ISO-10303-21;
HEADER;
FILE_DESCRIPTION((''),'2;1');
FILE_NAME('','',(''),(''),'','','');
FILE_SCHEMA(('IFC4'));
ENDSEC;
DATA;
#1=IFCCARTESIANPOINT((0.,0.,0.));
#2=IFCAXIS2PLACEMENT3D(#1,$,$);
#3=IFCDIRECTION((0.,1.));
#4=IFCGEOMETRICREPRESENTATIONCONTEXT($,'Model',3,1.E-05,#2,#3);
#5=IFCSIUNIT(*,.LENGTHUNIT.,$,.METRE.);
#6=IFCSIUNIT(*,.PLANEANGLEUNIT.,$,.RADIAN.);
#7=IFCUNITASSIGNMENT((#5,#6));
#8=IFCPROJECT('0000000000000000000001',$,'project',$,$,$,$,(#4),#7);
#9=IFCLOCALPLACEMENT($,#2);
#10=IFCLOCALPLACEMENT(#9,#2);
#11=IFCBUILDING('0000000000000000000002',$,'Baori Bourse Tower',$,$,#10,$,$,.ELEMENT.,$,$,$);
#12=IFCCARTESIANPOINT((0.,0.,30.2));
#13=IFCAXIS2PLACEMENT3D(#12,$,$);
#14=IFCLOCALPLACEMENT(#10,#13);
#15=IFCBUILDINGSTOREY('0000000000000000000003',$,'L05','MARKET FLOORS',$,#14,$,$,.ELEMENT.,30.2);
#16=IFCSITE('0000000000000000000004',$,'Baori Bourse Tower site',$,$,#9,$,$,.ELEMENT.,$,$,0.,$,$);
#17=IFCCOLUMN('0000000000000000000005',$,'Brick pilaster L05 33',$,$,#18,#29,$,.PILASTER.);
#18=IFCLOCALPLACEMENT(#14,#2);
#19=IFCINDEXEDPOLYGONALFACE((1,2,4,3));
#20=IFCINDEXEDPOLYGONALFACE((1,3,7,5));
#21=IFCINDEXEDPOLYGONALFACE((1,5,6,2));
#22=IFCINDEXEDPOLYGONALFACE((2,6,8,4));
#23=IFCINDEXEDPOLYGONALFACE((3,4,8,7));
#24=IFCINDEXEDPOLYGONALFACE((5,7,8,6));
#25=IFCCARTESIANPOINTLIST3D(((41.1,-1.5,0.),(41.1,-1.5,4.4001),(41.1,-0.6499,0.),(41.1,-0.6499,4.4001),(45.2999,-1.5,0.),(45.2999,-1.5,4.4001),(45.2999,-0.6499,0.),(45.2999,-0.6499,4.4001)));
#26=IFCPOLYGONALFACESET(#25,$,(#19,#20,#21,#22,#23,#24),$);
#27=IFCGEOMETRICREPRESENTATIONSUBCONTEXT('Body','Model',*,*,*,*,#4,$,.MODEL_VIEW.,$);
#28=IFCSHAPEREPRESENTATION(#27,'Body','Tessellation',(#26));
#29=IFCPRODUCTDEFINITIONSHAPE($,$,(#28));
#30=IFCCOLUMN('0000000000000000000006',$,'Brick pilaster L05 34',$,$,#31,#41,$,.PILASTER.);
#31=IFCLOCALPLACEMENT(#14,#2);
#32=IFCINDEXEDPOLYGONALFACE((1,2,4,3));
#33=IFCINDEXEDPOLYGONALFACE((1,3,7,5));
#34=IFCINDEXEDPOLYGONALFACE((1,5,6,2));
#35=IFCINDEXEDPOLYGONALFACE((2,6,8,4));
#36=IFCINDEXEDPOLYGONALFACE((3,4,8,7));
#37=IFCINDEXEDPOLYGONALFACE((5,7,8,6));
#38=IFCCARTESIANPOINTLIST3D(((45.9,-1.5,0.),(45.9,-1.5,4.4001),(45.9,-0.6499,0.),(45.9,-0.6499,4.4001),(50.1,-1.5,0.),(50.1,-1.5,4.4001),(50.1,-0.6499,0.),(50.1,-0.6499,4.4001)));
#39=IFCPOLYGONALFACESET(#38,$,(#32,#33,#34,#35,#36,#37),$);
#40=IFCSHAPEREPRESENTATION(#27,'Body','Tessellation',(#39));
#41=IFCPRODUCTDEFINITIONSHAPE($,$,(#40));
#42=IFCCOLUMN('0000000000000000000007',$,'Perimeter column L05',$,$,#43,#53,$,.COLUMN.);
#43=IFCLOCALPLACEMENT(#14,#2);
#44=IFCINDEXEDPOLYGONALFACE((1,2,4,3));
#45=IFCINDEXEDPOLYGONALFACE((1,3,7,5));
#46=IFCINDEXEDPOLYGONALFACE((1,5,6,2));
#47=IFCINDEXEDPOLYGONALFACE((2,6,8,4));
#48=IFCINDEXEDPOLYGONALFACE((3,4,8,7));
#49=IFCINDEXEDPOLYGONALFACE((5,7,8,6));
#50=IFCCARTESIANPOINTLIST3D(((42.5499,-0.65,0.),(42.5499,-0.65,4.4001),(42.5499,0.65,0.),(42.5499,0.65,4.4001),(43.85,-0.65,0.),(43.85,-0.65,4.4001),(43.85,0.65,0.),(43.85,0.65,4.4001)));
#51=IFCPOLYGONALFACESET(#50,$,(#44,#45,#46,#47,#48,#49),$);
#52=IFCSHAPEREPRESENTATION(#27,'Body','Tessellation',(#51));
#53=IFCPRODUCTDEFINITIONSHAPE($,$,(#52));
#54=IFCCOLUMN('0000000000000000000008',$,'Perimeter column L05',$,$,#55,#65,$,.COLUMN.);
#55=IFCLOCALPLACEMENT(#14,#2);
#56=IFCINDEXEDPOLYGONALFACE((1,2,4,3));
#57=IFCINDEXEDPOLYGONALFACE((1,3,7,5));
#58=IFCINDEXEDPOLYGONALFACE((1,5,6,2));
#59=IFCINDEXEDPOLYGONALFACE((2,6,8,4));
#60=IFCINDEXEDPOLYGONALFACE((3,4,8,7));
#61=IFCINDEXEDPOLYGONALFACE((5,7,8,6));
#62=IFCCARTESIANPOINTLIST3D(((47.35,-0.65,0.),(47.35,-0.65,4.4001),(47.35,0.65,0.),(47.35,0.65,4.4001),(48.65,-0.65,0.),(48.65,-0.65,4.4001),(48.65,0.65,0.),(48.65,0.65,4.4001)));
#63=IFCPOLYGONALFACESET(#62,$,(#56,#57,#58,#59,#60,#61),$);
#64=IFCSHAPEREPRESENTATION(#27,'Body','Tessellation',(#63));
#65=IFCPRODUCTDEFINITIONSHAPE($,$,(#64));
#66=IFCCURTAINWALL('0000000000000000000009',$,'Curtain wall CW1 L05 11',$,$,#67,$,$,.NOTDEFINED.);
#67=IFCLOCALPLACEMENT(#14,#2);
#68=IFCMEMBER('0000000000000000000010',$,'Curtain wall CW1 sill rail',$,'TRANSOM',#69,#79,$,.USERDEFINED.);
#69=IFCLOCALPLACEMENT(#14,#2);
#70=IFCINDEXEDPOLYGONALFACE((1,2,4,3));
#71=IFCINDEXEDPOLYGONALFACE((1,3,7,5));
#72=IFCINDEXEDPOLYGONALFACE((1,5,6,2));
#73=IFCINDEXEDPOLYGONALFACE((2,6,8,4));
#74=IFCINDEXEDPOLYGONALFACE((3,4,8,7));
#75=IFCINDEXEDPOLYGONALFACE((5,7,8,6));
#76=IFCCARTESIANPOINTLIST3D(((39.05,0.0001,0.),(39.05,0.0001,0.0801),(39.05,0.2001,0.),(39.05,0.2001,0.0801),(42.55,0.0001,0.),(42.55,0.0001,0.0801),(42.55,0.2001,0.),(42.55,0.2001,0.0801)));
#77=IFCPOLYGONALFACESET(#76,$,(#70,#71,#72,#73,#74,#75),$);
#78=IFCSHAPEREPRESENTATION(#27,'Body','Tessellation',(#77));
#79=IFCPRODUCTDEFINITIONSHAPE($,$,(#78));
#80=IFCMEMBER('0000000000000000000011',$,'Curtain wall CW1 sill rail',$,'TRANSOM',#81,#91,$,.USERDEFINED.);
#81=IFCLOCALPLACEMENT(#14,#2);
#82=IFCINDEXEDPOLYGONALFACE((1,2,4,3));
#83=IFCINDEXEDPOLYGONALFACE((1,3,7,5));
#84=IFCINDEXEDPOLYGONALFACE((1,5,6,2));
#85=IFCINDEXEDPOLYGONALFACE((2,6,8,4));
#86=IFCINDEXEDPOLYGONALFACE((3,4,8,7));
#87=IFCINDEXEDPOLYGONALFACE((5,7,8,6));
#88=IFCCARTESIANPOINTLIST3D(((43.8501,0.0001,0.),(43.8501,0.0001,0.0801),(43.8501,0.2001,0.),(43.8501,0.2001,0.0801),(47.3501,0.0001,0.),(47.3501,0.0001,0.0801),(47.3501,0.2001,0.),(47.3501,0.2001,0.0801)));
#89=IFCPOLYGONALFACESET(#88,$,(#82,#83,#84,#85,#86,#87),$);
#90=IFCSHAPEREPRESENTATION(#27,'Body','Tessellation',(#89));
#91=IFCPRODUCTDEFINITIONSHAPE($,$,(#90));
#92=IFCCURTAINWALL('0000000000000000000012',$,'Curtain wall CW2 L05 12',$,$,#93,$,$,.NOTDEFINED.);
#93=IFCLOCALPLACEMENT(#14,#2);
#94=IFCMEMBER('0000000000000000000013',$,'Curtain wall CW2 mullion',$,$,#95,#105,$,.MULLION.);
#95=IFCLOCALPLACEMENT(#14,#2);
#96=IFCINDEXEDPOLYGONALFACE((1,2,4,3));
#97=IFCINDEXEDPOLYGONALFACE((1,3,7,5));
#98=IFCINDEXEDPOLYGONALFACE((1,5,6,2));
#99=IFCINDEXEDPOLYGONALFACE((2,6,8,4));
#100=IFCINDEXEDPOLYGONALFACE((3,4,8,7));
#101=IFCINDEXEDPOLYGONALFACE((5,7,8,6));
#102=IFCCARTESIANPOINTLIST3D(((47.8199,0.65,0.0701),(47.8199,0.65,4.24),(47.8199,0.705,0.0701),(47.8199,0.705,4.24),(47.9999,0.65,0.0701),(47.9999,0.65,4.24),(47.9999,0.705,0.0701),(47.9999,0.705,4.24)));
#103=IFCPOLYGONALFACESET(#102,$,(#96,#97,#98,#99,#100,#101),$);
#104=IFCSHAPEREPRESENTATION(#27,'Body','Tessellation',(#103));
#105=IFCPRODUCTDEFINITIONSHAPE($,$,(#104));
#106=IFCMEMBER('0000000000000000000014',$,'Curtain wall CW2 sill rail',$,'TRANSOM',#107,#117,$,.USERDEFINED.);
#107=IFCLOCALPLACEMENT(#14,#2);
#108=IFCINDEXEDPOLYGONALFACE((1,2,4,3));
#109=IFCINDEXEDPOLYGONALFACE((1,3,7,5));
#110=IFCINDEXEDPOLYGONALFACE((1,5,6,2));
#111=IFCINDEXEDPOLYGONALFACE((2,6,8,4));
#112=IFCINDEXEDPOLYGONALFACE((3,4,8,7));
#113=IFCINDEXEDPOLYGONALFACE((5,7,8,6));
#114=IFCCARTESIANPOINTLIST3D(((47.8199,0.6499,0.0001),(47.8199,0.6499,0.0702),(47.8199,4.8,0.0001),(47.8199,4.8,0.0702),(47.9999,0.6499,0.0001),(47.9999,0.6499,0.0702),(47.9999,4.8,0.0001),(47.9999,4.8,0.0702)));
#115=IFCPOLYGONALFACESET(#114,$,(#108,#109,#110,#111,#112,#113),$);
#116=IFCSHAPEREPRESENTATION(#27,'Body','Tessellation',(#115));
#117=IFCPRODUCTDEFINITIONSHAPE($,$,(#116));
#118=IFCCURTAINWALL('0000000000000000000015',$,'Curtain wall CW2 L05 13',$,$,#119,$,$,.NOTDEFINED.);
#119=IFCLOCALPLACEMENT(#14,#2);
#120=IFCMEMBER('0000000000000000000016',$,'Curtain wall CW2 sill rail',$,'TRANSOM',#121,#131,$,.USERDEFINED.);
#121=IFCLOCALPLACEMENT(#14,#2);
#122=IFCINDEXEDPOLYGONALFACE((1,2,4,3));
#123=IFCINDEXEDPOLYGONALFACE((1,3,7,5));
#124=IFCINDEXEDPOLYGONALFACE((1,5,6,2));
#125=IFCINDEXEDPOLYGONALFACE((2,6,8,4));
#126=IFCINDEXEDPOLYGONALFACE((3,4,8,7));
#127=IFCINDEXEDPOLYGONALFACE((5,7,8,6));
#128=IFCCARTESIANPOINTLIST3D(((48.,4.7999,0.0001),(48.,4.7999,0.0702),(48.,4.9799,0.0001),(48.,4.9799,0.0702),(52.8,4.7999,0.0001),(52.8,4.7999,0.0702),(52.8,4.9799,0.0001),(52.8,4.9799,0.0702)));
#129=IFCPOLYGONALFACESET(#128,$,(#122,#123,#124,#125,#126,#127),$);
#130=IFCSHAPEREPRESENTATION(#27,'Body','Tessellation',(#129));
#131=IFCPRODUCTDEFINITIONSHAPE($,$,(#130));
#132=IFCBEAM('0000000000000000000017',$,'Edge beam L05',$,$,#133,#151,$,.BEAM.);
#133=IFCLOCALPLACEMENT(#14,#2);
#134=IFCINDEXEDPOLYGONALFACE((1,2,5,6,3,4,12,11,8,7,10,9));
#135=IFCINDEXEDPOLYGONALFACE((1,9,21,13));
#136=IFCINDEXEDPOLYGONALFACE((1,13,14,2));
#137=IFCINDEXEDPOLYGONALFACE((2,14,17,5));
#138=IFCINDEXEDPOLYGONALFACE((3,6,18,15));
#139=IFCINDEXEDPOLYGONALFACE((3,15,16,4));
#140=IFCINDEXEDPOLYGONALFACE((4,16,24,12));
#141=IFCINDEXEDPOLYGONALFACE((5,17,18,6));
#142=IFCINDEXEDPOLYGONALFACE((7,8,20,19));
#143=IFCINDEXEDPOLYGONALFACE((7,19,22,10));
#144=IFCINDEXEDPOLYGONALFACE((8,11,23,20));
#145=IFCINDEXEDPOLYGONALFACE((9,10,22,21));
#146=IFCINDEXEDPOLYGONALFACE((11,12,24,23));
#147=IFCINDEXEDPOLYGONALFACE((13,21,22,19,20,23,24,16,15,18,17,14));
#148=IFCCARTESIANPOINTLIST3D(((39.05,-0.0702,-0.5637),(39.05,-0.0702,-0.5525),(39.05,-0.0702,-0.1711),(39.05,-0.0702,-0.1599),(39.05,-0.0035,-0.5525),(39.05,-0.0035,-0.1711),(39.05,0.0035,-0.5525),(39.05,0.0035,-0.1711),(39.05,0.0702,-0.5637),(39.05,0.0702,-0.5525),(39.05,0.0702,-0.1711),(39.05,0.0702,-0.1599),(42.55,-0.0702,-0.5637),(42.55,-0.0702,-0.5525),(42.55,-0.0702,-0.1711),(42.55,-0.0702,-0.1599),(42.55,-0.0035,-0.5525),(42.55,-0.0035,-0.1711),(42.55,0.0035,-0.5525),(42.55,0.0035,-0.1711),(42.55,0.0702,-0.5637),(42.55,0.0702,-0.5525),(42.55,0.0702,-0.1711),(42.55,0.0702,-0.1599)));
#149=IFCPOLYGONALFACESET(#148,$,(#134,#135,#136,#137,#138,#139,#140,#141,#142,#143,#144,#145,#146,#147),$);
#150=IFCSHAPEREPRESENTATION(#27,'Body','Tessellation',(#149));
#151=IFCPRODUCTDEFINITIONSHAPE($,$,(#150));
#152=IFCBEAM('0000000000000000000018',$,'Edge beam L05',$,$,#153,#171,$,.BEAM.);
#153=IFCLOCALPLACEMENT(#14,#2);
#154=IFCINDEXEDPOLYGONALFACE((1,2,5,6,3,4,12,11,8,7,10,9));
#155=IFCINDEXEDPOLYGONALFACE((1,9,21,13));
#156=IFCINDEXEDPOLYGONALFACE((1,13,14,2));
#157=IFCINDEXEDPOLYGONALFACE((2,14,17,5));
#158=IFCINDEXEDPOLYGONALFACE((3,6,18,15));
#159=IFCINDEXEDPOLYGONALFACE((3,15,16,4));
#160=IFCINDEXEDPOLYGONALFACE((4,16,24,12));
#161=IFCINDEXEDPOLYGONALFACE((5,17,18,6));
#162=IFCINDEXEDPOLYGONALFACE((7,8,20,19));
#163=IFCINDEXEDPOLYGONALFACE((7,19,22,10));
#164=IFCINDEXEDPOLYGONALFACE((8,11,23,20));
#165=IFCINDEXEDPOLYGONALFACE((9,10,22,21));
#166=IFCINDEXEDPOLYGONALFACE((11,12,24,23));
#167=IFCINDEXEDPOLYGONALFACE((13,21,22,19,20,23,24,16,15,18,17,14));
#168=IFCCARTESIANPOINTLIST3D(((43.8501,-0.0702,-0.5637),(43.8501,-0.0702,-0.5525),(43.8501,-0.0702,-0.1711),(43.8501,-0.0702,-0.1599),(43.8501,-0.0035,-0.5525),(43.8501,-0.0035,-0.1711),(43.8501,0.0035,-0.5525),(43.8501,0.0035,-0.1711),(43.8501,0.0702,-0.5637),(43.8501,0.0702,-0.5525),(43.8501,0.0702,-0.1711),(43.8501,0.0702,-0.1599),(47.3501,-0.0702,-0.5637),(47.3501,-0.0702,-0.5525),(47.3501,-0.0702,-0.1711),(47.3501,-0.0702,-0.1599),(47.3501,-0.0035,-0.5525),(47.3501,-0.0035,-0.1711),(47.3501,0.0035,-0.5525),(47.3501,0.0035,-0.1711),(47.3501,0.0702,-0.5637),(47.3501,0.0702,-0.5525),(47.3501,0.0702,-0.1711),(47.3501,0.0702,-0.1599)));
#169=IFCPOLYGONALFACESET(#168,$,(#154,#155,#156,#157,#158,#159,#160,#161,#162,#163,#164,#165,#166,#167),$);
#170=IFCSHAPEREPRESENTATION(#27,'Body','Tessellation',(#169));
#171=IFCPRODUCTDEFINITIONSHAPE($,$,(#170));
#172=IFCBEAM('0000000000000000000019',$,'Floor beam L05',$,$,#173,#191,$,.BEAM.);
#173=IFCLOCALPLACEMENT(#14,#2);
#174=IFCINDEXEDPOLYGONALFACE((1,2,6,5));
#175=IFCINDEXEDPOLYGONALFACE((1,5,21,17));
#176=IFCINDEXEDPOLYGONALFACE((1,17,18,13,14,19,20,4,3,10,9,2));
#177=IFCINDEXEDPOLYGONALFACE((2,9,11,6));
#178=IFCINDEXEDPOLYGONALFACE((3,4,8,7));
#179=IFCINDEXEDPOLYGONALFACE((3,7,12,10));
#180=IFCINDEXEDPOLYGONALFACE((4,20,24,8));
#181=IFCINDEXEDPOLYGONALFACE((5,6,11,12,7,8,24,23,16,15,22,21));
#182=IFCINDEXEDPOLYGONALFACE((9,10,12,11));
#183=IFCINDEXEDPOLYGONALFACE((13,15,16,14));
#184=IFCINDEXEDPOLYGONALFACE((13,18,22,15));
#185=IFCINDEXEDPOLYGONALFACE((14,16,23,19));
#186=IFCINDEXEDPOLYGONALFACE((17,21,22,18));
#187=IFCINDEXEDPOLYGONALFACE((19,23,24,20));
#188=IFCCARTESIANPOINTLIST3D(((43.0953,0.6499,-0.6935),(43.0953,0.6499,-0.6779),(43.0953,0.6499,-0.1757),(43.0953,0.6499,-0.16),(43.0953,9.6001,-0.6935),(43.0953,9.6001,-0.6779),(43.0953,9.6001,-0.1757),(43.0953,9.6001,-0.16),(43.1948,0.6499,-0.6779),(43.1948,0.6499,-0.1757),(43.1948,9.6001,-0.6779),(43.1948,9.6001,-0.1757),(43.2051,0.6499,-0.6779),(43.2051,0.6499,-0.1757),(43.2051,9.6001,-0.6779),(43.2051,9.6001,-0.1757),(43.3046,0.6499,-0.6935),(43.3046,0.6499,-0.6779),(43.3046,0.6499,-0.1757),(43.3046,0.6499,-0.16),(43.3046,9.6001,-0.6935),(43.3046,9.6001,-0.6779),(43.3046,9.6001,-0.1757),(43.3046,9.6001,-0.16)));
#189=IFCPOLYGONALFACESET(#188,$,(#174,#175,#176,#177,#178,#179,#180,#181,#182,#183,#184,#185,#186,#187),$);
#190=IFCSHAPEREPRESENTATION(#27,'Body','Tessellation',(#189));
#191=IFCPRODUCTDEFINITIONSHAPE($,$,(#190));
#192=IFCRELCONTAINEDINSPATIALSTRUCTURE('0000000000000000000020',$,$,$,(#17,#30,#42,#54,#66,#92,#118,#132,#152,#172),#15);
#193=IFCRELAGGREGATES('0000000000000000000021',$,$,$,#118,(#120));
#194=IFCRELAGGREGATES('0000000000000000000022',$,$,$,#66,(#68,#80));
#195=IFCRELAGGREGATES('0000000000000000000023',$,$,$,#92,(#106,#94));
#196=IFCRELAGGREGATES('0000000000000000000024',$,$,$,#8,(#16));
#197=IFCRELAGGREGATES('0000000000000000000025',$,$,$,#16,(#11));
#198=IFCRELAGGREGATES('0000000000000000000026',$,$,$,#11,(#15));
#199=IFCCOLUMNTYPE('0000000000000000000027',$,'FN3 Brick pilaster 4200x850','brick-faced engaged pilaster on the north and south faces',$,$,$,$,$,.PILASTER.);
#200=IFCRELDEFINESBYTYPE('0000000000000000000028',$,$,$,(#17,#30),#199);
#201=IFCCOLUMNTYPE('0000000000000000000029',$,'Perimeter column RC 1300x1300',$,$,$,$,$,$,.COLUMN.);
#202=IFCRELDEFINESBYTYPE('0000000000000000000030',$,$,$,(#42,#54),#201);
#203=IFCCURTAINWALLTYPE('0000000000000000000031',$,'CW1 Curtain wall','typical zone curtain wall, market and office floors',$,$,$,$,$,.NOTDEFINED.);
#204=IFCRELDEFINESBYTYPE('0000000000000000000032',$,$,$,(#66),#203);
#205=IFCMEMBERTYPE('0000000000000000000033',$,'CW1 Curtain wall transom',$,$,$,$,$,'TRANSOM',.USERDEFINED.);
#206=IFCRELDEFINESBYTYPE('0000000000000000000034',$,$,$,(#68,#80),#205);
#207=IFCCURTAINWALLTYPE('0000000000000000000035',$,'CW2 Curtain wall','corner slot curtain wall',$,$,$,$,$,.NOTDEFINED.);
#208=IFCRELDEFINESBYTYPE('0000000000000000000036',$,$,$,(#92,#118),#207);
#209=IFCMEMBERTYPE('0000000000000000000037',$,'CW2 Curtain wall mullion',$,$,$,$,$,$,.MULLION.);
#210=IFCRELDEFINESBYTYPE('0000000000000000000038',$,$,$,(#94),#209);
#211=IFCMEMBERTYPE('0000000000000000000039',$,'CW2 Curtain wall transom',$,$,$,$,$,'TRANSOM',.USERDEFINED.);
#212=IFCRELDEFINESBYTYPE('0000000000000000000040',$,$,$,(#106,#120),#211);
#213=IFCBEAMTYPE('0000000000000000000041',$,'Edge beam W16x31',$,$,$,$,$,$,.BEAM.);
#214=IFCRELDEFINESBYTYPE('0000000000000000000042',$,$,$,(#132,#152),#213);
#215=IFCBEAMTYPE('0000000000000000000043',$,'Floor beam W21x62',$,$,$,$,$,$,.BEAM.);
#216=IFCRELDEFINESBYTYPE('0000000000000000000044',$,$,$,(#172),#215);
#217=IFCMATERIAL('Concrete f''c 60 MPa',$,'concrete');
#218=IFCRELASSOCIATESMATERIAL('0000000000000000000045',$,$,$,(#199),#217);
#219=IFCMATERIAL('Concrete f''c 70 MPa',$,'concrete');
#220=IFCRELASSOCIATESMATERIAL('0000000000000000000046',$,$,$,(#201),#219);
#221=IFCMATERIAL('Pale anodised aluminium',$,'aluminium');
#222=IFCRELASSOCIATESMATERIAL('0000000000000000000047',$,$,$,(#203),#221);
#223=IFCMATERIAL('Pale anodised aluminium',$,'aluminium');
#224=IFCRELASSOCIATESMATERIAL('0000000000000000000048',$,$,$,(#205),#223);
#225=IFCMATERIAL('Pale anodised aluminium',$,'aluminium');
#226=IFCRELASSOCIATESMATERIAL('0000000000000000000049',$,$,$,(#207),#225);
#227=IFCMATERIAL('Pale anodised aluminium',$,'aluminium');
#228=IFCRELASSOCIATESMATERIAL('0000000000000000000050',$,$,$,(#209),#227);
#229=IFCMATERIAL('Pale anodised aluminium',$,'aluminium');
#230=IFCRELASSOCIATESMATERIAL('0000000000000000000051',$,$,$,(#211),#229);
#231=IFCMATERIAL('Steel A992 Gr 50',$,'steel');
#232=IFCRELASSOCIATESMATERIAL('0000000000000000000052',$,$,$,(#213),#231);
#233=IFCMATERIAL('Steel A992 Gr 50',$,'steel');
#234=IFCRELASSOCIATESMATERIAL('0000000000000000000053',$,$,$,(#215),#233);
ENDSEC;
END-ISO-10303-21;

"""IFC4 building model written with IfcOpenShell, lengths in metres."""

from ifc_helpers import new_model, si_unit, direction, frame, origin, origin_2d, place, context, subcontext, project, spatial, rectangle, i_section, extrude, material, material_profile, profile_set, type_object, element, aggregate, save


model = new_model("IFC4")

# Units and contexts
model_context = context("Model", 3, precision=1e-05, world=origin(), true_north=direction((0.0, 1.0)))
body_context = subcontext(model_context, "Body", "Model", "MODEL_VIEW")
ifc_project = project(units=[si_unit("LENGTHUNIT", "METRE"), si_unit("PLANEANGLEUNIT", "RADIAN")], contexts=[model_context])

# Site, building, storey
site_placement = place(None, origin())
site = spatial("IfcSite", under=ifc_project, at=site_placement, Name="Baori Bourse Tower site", CompositionType="ELEMENT", RefElevation=0.0)
building_placement = place(site_placement, origin())
building = spatial("IfcBuilding", under=site, at=building_placement, Name="Baori Bourse Tower", CompositionType="ELEMENT")
storey_placement = place(building_placement, frame((0.0, 0.0, 30.2)))
storey = spatial("IfcBuildingStorey", under=building, at=storey_placement, Name="L05", Description="MARKET FLOORS", CompositionType="ELEMENT", Elevation=30.2)

# Columns
ifc_material_1 = material(Name="Concrete f'c 60 MPa", Category="concrete")
ifc_material_profile_1 = material_profile(ifc_material_1, rectangle(XDim=4.2, YDim=0.8501, at=origin_2d()), Name="RC 4200x850")
ifc_profile_set_1 = profile_set([ifc_material_profile_1], Name="Concrete f'c 60 MPa")
column_type_1 = type_object("IfcColumnType", Name="FN3 Brick pilaster 4200x850", Description="brick-faced engaged pilaster on the north and south faces", PredefinedType="PILASTER", material=ifc_profile_set_1)
for number, where, z_axis, x_axis, name in (
    (1, (43.2, -1.075, 0.0), (0.0, 0.0, 1.0), (1.0, 0.0, 0.0), "Brick pilaster L05 33"),
    (2, (48.0, -1.075, 0.0), (0.0, 0.0, 1.0), (1.0, 0.0, 0.0), "Brick pilaster L05 34"),
):
    element("IfcColumn", number, at=place(storey_placement, frame(where, z_axis=z_axis, x_axis=x_axis)), inside=storey, type_object=column_type_1, Name=name, PredefinedType="PILASTER", context=body_context, shape_type="SweptSolid", body=[
        extrude(rectangle(XDim=4.2, YDim=0.8501, at=origin_2d()), origin(), (0.0, 0.0, 1.0), 4.4001),
    ])
ifc_material_2 = material(Name="Concrete f'c 70 MPa", Category="concrete")
ifc_material_profile_2 = material_profile(ifc_material_2, rectangle(XDim=1.3, YDim=1.3, at=origin_2d()), Name="RC 1300x1300")
ifc_profile_set_2 = profile_set([ifc_material_profile_2], Name="Concrete f'c 70 MPa")
column_type_2 = type_object("IfcColumnType", Name="Perimeter column RC 1300x1300", PredefinedType="COLUMN", material=ifc_profile_set_2)
for number, where, z_axis, x_axis, name in (
    (3, (43.2, 0.0, 0.0), (0.0, 0.0, 1.0), (1.0, 0.0, 0.0), "Perimeter column L05"),
    (4, (48.0, 0.0, 0.0), (0.0, 0.0, 1.0), (1.0, 0.0, 0.0), "Perimeter column L05"),
):
    element("IfcColumn", number, at=place(storey_placement, frame(where, z_axis=z_axis, x_axis=x_axis)), inside=storey, type_object=column_type_2, Name=name, PredefinedType="COLUMN", context=body_context, shape_type="SweptSolid", body=[
        extrude(rectangle(XDim=1.3, YDim=1.3, at=origin_2d()), origin(), (0.0, 0.0, 1.0), 4.4001),
    ])

# Curtain walls, members
ifc_material_3 = material(Name="Pale anodised aluminium", Category="aluminium")
curtain_wall_type_1 = type_object("IfcCurtainWallType", Name="CW1 Curtain wall", Description="typical zone curtain wall, market and office floors", PredefinedType="NOTDEFINED", material=ifc_material_3)
curtain_wall_1_placement = place(storey_placement, origin())
curtain_wall_1 = element("IfcCurtainWall", 5, at=curtain_wall_1_placement, inside=storey, type_object=curtain_wall_type_1, Name="Curtain wall CW1 L05 11", PredefinedType="NOTDEFINED")
ifc_material_4 = material(Name="Pale anodised aluminium", Category="aluminium")
ifc_material_profile_3 = material_profile(ifc_material_4, rectangle(XDim=0.2, YDim=0.0801, at=origin_2d()), Name="Transom 80x200")
ifc_profile_set_3 = profile_set([ifc_material_profile_3], Name="Pale anodised aluminium")
member_type_1 = type_object("IfcMemberType", Name="CW1 Curtain wall transom", ElementType="TRANSOM", PredefinedType="USERDEFINED", material=ifc_profile_set_3)
member_1_placement = place(storey_placement, frame((39.05, 0.1001, 0.04), z_axis=(1.0, 0.0, 0.0), x_axis=(0.0, 1.0, 0.0)))
member_1 = element("IfcMember", 6, at=member_1_placement, type_object=member_type_1, Name="Curtain wall CW1 sill rail", ObjectType="TRANSOM", PredefinedType="USERDEFINED", context=body_context, shape_type="SweptSolid", body=[
    extrude(rectangle(XDim=0.2, YDim=0.0801, at=origin_2d()), origin(), (0.0, 0.0, 1.0), 3.5),
])
member_2_placement = place(storey_placement, frame((43.8501, 0.1001, 0.04), z_axis=(1.0, 0.0, 0.0), x_axis=(0.0, 1.0, 0.0)))
member_2 = element("IfcMember", 7, at=member_2_placement, type_object=member_type_1, Name="Curtain wall CW1 sill rail", ObjectType="TRANSOM", PredefinedType="USERDEFINED", context=body_context, shape_type="SweptSolid", body=[
    extrude(rectangle(XDim=0.2, YDim=0.0801, at=origin_2d()), origin(), (0.0, 0.0, 1.0), 3.5),
])
ifc_material_5 = material(Name="Pale anodised aluminium", Category="aluminium")
curtain_wall_type_2 = type_object("IfcCurtainWallType", Name="CW2 Curtain wall", Description="corner slot curtain wall", PredefinedType="NOTDEFINED", material=ifc_material_5)
curtain_wall_2_placement = place(storey_placement, origin())
curtain_wall_2 = element("IfcCurtainWall", 8, at=curtain_wall_2_placement, inside=storey, type_object=curtain_wall_type_2, Name="Curtain wall CW2 L05 12", PredefinedType="NOTDEFINED")
ifc_material_6 = material(Name="Pale anodised aluminium", Category="aluminium")
ifc_material_profile_4 = material_profile(ifc_material_6, rectangle(XDim=0.1799, YDim=0.0549, at=origin_2d()), Name="Mullion 55x180")
ifc_profile_set_4 = profile_set([ifc_material_profile_4], Name="Pale anodised aluminium")
member_type_2 = type_object("IfcMemberType", Name="CW2 Curtain wall mullion", PredefinedType="MULLION", material=ifc_profile_set_4)
member_3_placement = place(storey_placement, frame((47.9099, 0.6775, 0.0701), z_axis=(0.0, 0.0, 1.0), x_axis=(-1.0, 0.0, 0.0)))
member_3 = element("IfcMember", 9, at=member_3_placement, type_object=member_type_2, Name="Curtain wall CW2 mullion", PredefinedType="MULLION", context=body_context, shape_type="SweptSolid", body=[
    extrude(rectangle(XDim=0.1799, YDim=0.0549, at=origin_2d()), origin(), (0.0, 0.0, 1.0), 4.1699),
])
ifc_material_7 = material(Name="Pale anodised aluminium", Category="aluminium")
ifc_material_profile_5 = material_profile(ifc_material_7, rectangle(XDim=0.1799, YDim=0.0701, at=origin_2d()), Name="Transom 70x180")
ifc_profile_set_5 = profile_set([ifc_material_profile_5], Name="Pale anodised aluminium")
member_type_3 = type_object("IfcMemberType", Name="CW2 Curtain wall transom", ElementType="TRANSOM", PredefinedType="USERDEFINED", material=ifc_profile_set_5)
member_4_placement = place(storey_placement, frame((47.9099, 0.6499, 0.0352), z_axis=(0.0, 1.0, 0.0), x_axis=(-1.0, 0.0, 0.0)))
member_4 = element("IfcMember", 10, at=member_4_placement, type_object=member_type_3, Name="Curtain wall CW2 sill rail", ObjectType="TRANSOM", PredefinedType="USERDEFINED", context=body_context, shape_type="SweptSolid", body=[
    extrude(rectangle(XDim=0.1799, YDim=0.0701, at=origin_2d()), origin(), (0.0, 0.0, 1.0), 4.1501),
])

# Curtain wall, member
curtain_wall_3_placement = place(storey_placement, origin())
curtain_wall_3 = element("IfcCurtainWall", 11, at=curtain_wall_3_placement, inside=storey, type_object=curtain_wall_type_2, Name="Curtain wall CW2 L05 13", PredefinedType="NOTDEFINED")
member_5_placement = place(storey_placement, frame((48.0, 4.8899, 0.0352), z_axis=(1.0, 0.0, 0.0), x_axis=(0.0, 1.0, 0.0)))
member_5 = element("IfcMember", 12, at=member_5_placement, type_object=member_type_3, Name="Curtain wall CW2 sill rail", ObjectType="TRANSOM", PredefinedType="USERDEFINED", context=body_context, shape_type="SweptSolid", body=[
    extrude(rectangle(XDim=0.1799, YDim=0.0701, at=origin_2d()), origin(), (0.0, 0.0, 1.0), 4.8),
])
aggregate(curtain_wall_3, [member_5])

# Beams
ifc_material_8 = material(Name="Steel A992 Gr 50", Category="steel")
ifc_material_profile_6 = material_profile(ifc_material_8, i_section(OverallWidth=0.1404, OverallDepth=0.4038, WebThickness=0.0071, FlangeThickness=0.0112, at=origin_2d()), Name="W16x31")
ifc_profile_set_6 = profile_set([ifc_material_profile_6], Name="Steel A992 Gr 50")
beam_type_1 = type_object("IfcBeamType", Name="Edge beam W16x31", PredefinedType="BEAM", material=ifc_profile_set_6)
for number, where, z_axis, x_axis, name in (
    (13, (39.05, 0.0, -0.3618), (1.0, 0.0, 0.0), (0.0, 1.0, 0.0), "Edge beam L05"),
    (14, (43.8501, 0.0, -0.3618), (1.0, 0.0, 0.0), (0.0, 1.0, 0.0), "Edge beam L05"),
):
    element("IfcBeam", number, at=place(storey_placement, frame(where, z_axis=z_axis, x_axis=x_axis)), inside=storey, type_object=beam_type_1, Name=name, PredefinedType="BEAM", context=body_context, shape_type="SweptSolid", body=[
        extrude(i_section(OverallWidth=0.1404, OverallDepth=0.4038, WebThickness=0.0071, FlangeThickness=0.0112, at=origin_2d()), origin(), (0.0, 0.0, 1.0), 3.5),
    ])
ifc_material_9 = material(Name="Steel A992 Gr 50", Category="steel")
ifc_material_profile_7 = material_profile(ifc_material_9, i_section(OverallWidth=0.2092, OverallDepth=0.5334, WebThickness=0.0103, FlangeThickness=0.0156, at=origin_2d()), Name="W21x62")
ifc_profile_set_7 = profile_set([ifc_material_profile_7], Name="Steel A992 Gr 50")
beam_type_2 = type_object("IfcBeamType", Name="Floor beam W21x62", PredefinedType="BEAM", material=ifc_profile_set_7)
beam_1_placement = place(storey_placement, frame((43.2, 0.6499, -0.4268), z_axis=(0.0, 1.0, 0.0), x_axis=(-1.0, 0.0, 0.0)))
element("IfcBeam", 15, at=beam_1_placement, inside=storey, type_object=beam_type_2, Name="Floor beam L05", PredefinedType="BEAM", context=body_context, shape_type="SweptSolid", body=[
    extrude(i_section(OverallWidth=0.2092, OverallDepth=0.5334, WebThickness=0.0103, FlangeThickness=0.0156, at=origin_2d()), origin(), (0.0, 0.0, 1.0), 8.9502),
])

aggregate(curtain_wall_1, [member_1, member_2])
aggregate(curtain_wall_2, [member_4, member_3])

save(model, "model.ifc")
